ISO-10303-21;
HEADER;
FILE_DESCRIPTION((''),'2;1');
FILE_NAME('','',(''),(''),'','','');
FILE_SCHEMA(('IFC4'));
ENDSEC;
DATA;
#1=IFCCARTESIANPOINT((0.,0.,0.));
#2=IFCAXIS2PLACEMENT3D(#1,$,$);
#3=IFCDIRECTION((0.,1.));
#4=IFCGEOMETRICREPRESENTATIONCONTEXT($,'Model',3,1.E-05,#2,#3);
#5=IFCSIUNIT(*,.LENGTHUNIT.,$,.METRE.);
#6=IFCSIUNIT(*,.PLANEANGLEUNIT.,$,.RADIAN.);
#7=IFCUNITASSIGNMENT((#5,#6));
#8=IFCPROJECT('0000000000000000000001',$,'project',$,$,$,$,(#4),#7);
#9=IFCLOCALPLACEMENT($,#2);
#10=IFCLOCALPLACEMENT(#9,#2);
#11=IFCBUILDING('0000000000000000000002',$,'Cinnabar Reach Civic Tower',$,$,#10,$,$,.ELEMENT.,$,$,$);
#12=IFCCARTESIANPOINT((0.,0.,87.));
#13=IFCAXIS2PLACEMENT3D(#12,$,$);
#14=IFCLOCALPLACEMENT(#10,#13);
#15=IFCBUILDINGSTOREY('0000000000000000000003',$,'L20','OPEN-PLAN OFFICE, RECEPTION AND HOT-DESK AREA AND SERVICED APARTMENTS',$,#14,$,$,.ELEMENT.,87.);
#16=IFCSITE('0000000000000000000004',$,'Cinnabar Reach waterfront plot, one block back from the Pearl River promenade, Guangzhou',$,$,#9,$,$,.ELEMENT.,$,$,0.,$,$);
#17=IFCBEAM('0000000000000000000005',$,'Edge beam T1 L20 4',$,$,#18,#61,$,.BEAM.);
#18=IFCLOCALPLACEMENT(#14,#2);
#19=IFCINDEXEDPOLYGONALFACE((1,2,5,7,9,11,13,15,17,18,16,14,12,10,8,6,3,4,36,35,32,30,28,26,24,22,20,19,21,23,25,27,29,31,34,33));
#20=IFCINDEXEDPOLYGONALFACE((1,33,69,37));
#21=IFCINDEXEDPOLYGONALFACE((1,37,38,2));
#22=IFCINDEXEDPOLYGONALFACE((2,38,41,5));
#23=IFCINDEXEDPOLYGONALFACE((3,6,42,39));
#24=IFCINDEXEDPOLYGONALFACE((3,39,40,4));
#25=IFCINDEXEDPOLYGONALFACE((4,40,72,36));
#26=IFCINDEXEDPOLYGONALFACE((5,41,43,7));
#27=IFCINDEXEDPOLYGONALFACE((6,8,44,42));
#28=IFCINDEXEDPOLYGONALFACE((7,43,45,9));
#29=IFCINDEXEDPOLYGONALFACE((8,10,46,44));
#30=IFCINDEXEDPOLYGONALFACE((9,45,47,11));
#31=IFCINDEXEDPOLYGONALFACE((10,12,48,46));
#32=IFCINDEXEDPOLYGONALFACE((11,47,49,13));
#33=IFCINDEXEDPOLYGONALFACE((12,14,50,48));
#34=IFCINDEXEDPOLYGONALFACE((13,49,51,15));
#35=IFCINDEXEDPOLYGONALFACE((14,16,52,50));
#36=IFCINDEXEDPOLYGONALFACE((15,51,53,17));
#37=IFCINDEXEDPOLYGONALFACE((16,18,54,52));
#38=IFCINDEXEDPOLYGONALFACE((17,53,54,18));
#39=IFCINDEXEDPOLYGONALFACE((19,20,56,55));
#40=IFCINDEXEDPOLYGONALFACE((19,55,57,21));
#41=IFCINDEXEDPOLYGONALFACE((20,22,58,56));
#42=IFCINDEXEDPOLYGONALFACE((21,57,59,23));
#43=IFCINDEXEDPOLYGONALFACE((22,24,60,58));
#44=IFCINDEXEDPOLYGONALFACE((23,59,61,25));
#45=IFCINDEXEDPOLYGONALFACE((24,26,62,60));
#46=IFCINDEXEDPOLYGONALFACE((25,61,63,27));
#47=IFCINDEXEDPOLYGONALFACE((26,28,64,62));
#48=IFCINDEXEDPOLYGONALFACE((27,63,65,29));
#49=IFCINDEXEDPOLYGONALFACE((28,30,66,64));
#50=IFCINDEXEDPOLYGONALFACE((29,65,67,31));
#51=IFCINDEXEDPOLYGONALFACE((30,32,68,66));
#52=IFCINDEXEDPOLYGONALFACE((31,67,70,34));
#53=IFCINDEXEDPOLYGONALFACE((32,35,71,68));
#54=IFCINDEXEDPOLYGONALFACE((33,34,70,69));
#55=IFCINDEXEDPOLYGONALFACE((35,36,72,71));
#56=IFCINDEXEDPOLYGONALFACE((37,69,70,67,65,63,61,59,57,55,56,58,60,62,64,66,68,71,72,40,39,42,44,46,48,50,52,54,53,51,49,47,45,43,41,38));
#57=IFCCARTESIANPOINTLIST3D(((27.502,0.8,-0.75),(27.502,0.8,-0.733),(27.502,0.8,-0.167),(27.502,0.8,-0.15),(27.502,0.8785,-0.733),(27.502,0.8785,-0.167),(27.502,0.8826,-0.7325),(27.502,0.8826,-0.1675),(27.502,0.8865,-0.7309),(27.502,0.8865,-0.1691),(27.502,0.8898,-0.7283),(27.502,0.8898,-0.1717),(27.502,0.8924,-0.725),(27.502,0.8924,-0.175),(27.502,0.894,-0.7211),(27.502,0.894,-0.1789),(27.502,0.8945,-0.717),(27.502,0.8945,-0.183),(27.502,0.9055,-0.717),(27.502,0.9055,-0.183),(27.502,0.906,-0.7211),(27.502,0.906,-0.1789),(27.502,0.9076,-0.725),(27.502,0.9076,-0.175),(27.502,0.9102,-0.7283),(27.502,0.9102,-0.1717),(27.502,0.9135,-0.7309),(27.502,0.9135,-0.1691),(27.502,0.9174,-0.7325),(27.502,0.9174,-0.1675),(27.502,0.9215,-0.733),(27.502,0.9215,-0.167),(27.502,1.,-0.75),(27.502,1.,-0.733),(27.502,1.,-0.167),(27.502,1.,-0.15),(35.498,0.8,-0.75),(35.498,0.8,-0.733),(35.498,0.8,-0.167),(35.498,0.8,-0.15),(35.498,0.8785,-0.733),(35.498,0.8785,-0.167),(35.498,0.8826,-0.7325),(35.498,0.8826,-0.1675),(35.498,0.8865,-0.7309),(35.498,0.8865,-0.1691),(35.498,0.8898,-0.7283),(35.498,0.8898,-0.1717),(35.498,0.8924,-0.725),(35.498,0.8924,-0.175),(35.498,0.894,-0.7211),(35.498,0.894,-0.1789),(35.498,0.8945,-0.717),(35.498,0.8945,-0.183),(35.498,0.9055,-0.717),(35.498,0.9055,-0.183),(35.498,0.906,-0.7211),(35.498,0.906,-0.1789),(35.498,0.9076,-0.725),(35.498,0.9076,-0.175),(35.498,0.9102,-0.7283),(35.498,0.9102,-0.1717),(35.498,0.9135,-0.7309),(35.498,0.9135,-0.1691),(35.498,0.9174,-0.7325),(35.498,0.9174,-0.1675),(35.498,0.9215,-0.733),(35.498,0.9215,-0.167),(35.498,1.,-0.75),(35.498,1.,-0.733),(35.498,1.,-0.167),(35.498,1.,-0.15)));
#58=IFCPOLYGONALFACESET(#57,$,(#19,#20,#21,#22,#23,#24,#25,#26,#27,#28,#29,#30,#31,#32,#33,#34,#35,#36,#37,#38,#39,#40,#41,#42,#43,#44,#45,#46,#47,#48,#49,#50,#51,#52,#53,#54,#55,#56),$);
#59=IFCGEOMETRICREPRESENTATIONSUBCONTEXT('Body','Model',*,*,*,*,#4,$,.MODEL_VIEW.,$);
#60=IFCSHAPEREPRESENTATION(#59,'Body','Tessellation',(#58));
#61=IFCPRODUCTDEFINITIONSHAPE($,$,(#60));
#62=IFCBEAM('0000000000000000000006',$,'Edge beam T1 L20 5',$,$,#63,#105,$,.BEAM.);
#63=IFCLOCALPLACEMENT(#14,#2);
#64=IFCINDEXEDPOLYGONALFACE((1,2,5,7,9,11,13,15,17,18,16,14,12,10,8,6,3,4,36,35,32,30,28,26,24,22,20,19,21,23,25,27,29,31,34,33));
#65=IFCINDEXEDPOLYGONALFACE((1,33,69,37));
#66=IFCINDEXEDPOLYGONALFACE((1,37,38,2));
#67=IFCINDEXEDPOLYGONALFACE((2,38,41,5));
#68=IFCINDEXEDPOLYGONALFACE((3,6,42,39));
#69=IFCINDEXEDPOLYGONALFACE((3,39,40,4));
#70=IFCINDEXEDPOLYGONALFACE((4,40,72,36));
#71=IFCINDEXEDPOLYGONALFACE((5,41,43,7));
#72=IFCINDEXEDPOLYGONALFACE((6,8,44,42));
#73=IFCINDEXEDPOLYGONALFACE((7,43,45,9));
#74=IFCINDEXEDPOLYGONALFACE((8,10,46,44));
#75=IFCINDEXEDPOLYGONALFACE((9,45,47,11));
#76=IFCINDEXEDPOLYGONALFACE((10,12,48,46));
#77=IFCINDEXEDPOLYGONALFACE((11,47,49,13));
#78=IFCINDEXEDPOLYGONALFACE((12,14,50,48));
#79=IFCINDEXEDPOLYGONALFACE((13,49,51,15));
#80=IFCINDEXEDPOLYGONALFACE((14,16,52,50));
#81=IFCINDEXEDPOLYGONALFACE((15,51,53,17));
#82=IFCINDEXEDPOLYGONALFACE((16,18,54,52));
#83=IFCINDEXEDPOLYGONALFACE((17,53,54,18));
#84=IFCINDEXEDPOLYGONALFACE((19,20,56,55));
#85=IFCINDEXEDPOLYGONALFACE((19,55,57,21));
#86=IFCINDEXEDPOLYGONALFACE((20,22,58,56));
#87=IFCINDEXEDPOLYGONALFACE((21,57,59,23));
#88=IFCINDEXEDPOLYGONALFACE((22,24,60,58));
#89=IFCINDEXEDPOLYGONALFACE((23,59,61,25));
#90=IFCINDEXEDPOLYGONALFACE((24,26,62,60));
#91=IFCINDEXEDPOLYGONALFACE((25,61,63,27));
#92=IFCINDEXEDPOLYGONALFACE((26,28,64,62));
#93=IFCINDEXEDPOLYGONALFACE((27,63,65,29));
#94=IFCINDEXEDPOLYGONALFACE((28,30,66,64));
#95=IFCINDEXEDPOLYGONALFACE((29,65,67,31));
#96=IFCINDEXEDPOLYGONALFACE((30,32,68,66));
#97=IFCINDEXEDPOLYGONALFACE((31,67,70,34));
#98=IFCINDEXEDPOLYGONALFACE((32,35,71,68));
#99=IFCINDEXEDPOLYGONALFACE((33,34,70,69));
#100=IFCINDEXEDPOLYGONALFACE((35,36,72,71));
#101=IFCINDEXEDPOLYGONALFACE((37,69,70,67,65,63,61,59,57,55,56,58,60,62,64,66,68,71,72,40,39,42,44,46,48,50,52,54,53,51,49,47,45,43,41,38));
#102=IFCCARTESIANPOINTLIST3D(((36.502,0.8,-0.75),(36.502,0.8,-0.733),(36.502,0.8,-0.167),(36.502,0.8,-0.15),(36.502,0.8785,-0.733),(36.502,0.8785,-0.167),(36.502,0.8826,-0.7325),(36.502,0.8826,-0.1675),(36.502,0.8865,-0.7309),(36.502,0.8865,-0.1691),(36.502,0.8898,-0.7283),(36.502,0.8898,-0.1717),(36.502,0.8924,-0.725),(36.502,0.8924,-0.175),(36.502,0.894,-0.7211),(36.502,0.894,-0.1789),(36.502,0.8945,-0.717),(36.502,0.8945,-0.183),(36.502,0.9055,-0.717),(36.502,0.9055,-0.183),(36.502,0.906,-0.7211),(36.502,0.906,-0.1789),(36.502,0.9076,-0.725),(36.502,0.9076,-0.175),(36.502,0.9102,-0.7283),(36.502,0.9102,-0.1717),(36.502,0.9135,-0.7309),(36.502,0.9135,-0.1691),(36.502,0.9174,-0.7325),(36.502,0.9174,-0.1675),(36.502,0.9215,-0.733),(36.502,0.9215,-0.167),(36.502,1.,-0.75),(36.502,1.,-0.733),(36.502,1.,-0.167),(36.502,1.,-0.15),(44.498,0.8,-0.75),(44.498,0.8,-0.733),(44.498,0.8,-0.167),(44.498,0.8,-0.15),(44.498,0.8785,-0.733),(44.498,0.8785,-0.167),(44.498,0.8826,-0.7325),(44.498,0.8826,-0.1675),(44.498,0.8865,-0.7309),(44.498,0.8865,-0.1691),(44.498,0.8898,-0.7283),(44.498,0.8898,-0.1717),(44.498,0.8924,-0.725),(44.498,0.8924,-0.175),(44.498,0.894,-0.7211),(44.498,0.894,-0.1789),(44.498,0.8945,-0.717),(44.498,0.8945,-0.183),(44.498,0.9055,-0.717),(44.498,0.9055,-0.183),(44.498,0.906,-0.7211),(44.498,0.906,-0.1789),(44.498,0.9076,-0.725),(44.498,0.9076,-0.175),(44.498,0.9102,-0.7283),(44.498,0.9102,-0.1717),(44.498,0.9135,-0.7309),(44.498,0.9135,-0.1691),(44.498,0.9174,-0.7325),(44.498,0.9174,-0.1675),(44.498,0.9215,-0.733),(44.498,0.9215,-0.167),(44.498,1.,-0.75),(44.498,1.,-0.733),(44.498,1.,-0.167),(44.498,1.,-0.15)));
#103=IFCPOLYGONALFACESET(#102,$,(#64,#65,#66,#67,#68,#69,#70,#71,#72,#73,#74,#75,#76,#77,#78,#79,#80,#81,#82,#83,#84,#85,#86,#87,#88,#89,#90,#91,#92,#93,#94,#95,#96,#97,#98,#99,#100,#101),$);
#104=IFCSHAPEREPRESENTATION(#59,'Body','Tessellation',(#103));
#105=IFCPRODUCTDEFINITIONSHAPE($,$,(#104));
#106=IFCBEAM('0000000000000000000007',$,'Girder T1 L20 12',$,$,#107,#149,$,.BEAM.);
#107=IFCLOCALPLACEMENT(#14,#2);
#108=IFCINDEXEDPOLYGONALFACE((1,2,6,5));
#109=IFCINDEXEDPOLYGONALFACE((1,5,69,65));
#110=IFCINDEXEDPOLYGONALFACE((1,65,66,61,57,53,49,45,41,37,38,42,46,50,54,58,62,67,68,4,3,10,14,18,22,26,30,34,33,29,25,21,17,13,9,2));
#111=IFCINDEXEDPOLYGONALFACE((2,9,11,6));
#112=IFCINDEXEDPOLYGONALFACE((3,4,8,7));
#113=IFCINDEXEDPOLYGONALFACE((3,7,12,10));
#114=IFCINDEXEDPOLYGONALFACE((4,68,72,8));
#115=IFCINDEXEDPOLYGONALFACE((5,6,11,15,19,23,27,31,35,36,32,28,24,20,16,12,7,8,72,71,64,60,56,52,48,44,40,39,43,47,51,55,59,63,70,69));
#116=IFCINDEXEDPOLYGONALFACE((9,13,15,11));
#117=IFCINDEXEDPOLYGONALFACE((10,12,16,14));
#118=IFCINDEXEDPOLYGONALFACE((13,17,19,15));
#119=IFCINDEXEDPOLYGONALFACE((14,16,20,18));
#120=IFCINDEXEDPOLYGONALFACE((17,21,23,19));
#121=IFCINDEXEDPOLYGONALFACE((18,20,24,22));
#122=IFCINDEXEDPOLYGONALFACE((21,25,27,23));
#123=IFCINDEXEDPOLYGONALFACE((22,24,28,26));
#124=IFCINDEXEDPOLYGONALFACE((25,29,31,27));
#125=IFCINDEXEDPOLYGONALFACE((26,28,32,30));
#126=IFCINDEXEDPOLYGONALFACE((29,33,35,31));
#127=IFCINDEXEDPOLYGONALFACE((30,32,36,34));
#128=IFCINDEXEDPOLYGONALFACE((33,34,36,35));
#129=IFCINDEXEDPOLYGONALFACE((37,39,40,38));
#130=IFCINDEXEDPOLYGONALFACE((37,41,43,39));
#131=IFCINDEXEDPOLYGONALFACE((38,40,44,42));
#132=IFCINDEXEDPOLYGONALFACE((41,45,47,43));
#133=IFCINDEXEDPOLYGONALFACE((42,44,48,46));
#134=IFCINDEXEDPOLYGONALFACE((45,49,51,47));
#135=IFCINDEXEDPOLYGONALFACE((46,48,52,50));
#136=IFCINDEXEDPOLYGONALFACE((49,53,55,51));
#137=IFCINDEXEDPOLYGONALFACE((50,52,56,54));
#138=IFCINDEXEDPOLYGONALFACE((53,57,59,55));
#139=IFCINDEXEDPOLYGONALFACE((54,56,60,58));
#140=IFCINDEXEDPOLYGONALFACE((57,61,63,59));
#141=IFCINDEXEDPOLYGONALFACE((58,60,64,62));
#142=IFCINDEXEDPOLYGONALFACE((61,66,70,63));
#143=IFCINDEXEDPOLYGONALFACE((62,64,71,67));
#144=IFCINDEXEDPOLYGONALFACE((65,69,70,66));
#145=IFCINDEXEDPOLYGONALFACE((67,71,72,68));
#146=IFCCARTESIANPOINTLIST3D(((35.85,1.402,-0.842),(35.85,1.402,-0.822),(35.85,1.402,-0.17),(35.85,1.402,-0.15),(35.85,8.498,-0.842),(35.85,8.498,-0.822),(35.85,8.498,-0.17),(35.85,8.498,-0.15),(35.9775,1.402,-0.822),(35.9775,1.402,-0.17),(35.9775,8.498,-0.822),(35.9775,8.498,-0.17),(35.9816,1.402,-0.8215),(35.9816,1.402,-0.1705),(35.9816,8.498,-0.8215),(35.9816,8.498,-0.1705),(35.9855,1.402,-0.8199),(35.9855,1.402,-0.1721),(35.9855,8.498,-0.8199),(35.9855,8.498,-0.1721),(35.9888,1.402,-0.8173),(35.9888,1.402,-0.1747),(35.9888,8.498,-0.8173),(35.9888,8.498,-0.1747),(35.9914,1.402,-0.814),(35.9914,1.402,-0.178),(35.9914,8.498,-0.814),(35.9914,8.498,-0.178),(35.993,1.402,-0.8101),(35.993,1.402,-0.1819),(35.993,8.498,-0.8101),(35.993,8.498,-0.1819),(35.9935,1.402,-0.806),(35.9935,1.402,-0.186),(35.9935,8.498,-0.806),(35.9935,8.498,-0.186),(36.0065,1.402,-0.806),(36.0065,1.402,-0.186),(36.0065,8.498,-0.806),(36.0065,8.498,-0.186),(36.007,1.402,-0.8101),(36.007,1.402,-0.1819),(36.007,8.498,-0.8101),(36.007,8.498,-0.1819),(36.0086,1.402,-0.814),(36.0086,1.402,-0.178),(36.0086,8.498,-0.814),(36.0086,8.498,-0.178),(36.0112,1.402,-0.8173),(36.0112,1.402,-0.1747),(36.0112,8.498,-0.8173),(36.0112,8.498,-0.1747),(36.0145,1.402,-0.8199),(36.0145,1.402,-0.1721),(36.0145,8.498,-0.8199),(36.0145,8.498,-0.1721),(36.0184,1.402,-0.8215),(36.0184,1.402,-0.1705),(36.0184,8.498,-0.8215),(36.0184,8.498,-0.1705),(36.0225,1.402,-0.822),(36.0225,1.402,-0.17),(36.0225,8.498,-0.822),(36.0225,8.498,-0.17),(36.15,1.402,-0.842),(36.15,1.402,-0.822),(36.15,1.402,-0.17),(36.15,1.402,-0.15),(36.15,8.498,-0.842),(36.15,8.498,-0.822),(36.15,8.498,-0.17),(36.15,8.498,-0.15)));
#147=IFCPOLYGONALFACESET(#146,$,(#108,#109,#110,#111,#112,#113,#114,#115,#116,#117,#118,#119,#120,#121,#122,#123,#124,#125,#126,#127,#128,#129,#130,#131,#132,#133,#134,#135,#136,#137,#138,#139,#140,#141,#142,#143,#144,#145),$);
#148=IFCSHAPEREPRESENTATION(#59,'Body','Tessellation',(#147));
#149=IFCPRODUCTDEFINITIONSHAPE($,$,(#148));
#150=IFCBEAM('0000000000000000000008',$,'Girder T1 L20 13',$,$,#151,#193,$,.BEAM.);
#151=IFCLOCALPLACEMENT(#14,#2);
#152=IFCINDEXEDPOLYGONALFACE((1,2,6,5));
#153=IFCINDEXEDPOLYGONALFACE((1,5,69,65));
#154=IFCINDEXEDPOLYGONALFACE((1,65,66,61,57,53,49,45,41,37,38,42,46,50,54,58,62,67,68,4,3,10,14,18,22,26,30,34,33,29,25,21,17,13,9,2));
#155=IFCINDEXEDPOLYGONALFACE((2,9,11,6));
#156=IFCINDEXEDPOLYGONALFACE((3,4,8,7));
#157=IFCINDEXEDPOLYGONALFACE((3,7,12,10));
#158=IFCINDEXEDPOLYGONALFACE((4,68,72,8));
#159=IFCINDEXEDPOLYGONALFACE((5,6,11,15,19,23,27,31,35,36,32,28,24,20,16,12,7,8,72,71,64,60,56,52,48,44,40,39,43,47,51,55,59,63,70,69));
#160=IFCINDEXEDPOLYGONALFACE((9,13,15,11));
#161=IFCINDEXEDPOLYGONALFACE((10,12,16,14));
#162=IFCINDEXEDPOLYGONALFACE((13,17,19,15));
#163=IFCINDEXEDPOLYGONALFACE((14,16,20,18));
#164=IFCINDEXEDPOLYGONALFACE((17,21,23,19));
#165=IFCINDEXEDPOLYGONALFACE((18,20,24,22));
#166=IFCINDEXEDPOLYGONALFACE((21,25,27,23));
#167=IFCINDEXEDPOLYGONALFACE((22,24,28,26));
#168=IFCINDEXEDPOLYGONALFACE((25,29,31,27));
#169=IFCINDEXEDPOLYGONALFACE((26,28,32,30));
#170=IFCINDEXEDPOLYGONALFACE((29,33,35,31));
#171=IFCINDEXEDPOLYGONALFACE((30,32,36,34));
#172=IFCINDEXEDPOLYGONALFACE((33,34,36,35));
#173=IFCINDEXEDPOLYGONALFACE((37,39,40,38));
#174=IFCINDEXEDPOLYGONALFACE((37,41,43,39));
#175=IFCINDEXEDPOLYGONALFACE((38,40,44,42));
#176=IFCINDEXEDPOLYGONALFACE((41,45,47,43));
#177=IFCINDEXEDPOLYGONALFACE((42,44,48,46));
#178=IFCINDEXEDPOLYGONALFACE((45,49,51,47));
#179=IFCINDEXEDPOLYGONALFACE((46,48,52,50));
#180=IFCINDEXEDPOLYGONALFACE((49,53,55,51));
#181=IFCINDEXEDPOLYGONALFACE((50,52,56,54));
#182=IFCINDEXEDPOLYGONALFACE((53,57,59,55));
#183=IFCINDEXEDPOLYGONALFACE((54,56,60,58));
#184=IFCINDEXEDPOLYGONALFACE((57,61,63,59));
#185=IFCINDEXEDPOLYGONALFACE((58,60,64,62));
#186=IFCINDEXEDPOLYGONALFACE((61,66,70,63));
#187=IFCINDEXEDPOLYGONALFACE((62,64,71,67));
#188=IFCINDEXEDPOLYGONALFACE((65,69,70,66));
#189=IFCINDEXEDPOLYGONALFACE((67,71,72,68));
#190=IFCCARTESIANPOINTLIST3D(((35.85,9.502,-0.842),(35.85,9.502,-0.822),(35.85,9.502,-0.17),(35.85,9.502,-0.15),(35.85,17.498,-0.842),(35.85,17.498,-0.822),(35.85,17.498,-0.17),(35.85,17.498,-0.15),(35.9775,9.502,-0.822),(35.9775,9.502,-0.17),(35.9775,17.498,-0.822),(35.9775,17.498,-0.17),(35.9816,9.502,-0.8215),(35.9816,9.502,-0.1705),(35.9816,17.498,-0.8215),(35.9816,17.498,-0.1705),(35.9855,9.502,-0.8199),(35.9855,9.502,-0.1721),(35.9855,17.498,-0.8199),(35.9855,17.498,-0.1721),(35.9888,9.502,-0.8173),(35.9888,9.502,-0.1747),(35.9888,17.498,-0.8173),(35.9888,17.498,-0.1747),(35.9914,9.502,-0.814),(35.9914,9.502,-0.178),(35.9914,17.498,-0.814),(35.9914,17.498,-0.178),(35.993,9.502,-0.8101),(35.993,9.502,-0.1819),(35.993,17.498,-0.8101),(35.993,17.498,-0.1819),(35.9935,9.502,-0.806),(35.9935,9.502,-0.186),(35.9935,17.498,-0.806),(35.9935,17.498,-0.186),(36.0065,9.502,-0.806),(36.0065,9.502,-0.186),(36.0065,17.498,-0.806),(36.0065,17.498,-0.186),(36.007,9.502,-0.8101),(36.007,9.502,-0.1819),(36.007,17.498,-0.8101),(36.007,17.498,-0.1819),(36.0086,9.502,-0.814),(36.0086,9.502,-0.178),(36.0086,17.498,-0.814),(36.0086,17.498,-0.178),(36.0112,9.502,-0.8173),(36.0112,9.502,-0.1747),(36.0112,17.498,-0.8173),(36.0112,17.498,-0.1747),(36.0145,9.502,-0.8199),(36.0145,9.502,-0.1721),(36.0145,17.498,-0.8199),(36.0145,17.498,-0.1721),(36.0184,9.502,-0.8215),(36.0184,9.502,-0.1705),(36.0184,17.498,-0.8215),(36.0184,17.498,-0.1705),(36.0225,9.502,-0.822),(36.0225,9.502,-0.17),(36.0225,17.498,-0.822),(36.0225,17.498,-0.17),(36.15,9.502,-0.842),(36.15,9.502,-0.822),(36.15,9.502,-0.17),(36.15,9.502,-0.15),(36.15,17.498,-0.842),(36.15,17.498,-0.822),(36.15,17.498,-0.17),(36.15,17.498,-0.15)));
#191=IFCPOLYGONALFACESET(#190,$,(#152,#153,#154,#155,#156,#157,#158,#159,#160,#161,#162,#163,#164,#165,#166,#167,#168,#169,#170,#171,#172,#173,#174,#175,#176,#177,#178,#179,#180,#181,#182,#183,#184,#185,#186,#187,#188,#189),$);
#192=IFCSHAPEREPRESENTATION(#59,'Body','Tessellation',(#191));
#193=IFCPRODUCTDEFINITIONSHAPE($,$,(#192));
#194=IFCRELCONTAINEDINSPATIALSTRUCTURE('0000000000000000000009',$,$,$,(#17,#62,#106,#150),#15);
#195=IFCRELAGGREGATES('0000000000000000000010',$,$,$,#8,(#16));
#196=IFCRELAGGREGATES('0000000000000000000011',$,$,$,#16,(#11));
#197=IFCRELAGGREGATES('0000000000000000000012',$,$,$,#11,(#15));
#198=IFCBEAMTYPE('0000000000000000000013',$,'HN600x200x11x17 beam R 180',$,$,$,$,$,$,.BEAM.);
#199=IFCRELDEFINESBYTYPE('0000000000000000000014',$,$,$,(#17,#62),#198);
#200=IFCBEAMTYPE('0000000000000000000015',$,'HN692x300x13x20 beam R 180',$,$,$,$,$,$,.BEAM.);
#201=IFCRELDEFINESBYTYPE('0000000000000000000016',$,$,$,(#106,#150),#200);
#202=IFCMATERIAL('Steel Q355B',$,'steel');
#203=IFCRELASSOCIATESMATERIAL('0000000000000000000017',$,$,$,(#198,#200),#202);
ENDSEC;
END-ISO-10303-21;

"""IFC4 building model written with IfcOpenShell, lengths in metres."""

from ifc_helpers import new_model, si_unit, direction, frame, origin, origin_2d, place, context, subcontext, project, spatial, i_section, extrude, material, material_profile, profile_set, type_object, element, save


model = new_model("IFC4")

# Units and contexts
model_context = context("Model", 3, precision=1e-05, world=origin(), true_north=direction((0.0, 1.0)))
body_context = subcontext(model_context, "Body", "Model", "MODEL_VIEW")
ifc_project = project(units=[si_unit("LENGTHUNIT", "METRE"), si_unit("PLANEANGLEUNIT", "RADIAN")], contexts=[model_context])

# Site, building, storey
site_placement = place(None, origin())
site = spatial("IfcSite", under=ifc_project, at=site_placement, Name="Cinnabar Reach waterfront plot, one block back from the Pearl River promenade, Guangzhou", CompositionType="ELEMENT", RefElevation=0.0)
building_placement = place(site_placement, origin())
building = spatial("IfcBuilding", under=site, at=building_placement, Name="Cinnabar Reach Civic Tower", CompositionType="ELEMENT")
storey_placement = place(building_placement, frame((0.0, 0.0, 87.0)))
storey = spatial("IfcBuildingStorey", under=building, at=storey_placement, Name="L20", Description="OPEN-PLAN OFFICE, RECEPTION AND HOT-DESK AREA AND SERVICED APARTMENTS", CompositionType="ELEMENT", Elevation=87.0)

# Beams
ifc_material_1 = material(Name="Steel Q355B", Category="steel")
ifc_material_profile_1 = material_profile(ifc_material_1, i_section(OverallWidth=0.2, OverallDepth=0.6, WebThickness=0.011, FlangeThickness=0.017, FilletRadius=0.016, at=origin_2d()), Name="HN600x200x11x17")
ifc_profile_set_1 = profile_set([ifc_material_profile_1], Name="Steel Q355B")
beam_type_1 = type_object("IfcBeamType", Name="HN600x200x11x17 beam R 180", PredefinedType="BEAM", material=ifc_profile_set_1)
for number, where, z_axis, x_axis, name in (
    (1, (27.502, 0.9, -0.45), (1.0, 0.0, 0.0), (0.0, 1.0, 0.0), "Edge beam T1 L20 4"),
    (2, (36.502, 0.9, -0.45), (1.0, 0.0, 0.0), (0.0, 1.0, 0.0), "Edge beam T1 L20 5"),
):
    element("IfcBeam", number, at=place(storey_placement, frame(where, z_axis=z_axis, x_axis=x_axis)), inside=storey, type_object=beam_type_1, Name=name, PredefinedType="BEAM", context=body_context, shape_type="SweptSolid", body=[
        extrude(i_section(OverallWidth=0.2, OverallDepth=0.6, WebThickness=0.011, FlangeThickness=0.017, FilletRadius=0.016, at=origin_2d()), origin(), (0.0, 0.0, 1.0), 7.996),
    ])
ifc_material_profile_2 = material_profile(ifc_material_1, i_section(OverallWidth=0.3, OverallDepth=0.692, WebThickness=0.013, FlangeThickness=0.02, FilletRadius=0.016, at=origin_2d()), Name="HN692x300x13x20")
ifc_profile_set_2 = profile_set([ifc_material_profile_2], Name="Steel Q355B")
beam_type_2 = type_object("IfcBeamType", Name="HN692x300x13x20 beam R 180", PredefinedType="BEAM", material=ifc_profile_set_2)
beam_1_placement = place(storey_placement, frame((36.0, 1.402, -0.496), z_axis=(0.0, 1.0, 0.0), x_axis=(-1.0, 0.0, 0.0)))
element("IfcBeam", 3, at=beam_1_placement, inside=storey, type_object=beam_type_2, Name="Girder T1 L20 12", PredefinedType="BEAM", context=body_context, shape_type="SweptSolid", body=[
    extrude(i_section(OverallWidth=0.3, OverallDepth=0.692, WebThickness=0.013, FlangeThickness=0.02, FilletRadius=0.016, at=origin_2d()), origin(), (0.0, 0.0, 1.0), 7.096),
])
beam_2_placement = place(storey_placement, frame((36.0, 9.502, -0.496), z_axis=(0.0, 1.0, 0.0), x_axis=(-1.0, 0.0, 0.0)))
element("IfcBeam", 4, at=beam_2_placement, inside=storey, type_object=beam_type_2, Name="Girder T1 L20 13", PredefinedType="BEAM", context=body_context, shape_type="SweptSolid", body=[
    extrude(i_section(OverallWidth=0.3, OverallDepth=0.692, WebThickness=0.013, FlangeThickness=0.02, FilletRadius=0.016, at=origin_2d()), origin(), (0.0, 0.0, 1.0), 7.996),
])

save(model, "model.ifc")
